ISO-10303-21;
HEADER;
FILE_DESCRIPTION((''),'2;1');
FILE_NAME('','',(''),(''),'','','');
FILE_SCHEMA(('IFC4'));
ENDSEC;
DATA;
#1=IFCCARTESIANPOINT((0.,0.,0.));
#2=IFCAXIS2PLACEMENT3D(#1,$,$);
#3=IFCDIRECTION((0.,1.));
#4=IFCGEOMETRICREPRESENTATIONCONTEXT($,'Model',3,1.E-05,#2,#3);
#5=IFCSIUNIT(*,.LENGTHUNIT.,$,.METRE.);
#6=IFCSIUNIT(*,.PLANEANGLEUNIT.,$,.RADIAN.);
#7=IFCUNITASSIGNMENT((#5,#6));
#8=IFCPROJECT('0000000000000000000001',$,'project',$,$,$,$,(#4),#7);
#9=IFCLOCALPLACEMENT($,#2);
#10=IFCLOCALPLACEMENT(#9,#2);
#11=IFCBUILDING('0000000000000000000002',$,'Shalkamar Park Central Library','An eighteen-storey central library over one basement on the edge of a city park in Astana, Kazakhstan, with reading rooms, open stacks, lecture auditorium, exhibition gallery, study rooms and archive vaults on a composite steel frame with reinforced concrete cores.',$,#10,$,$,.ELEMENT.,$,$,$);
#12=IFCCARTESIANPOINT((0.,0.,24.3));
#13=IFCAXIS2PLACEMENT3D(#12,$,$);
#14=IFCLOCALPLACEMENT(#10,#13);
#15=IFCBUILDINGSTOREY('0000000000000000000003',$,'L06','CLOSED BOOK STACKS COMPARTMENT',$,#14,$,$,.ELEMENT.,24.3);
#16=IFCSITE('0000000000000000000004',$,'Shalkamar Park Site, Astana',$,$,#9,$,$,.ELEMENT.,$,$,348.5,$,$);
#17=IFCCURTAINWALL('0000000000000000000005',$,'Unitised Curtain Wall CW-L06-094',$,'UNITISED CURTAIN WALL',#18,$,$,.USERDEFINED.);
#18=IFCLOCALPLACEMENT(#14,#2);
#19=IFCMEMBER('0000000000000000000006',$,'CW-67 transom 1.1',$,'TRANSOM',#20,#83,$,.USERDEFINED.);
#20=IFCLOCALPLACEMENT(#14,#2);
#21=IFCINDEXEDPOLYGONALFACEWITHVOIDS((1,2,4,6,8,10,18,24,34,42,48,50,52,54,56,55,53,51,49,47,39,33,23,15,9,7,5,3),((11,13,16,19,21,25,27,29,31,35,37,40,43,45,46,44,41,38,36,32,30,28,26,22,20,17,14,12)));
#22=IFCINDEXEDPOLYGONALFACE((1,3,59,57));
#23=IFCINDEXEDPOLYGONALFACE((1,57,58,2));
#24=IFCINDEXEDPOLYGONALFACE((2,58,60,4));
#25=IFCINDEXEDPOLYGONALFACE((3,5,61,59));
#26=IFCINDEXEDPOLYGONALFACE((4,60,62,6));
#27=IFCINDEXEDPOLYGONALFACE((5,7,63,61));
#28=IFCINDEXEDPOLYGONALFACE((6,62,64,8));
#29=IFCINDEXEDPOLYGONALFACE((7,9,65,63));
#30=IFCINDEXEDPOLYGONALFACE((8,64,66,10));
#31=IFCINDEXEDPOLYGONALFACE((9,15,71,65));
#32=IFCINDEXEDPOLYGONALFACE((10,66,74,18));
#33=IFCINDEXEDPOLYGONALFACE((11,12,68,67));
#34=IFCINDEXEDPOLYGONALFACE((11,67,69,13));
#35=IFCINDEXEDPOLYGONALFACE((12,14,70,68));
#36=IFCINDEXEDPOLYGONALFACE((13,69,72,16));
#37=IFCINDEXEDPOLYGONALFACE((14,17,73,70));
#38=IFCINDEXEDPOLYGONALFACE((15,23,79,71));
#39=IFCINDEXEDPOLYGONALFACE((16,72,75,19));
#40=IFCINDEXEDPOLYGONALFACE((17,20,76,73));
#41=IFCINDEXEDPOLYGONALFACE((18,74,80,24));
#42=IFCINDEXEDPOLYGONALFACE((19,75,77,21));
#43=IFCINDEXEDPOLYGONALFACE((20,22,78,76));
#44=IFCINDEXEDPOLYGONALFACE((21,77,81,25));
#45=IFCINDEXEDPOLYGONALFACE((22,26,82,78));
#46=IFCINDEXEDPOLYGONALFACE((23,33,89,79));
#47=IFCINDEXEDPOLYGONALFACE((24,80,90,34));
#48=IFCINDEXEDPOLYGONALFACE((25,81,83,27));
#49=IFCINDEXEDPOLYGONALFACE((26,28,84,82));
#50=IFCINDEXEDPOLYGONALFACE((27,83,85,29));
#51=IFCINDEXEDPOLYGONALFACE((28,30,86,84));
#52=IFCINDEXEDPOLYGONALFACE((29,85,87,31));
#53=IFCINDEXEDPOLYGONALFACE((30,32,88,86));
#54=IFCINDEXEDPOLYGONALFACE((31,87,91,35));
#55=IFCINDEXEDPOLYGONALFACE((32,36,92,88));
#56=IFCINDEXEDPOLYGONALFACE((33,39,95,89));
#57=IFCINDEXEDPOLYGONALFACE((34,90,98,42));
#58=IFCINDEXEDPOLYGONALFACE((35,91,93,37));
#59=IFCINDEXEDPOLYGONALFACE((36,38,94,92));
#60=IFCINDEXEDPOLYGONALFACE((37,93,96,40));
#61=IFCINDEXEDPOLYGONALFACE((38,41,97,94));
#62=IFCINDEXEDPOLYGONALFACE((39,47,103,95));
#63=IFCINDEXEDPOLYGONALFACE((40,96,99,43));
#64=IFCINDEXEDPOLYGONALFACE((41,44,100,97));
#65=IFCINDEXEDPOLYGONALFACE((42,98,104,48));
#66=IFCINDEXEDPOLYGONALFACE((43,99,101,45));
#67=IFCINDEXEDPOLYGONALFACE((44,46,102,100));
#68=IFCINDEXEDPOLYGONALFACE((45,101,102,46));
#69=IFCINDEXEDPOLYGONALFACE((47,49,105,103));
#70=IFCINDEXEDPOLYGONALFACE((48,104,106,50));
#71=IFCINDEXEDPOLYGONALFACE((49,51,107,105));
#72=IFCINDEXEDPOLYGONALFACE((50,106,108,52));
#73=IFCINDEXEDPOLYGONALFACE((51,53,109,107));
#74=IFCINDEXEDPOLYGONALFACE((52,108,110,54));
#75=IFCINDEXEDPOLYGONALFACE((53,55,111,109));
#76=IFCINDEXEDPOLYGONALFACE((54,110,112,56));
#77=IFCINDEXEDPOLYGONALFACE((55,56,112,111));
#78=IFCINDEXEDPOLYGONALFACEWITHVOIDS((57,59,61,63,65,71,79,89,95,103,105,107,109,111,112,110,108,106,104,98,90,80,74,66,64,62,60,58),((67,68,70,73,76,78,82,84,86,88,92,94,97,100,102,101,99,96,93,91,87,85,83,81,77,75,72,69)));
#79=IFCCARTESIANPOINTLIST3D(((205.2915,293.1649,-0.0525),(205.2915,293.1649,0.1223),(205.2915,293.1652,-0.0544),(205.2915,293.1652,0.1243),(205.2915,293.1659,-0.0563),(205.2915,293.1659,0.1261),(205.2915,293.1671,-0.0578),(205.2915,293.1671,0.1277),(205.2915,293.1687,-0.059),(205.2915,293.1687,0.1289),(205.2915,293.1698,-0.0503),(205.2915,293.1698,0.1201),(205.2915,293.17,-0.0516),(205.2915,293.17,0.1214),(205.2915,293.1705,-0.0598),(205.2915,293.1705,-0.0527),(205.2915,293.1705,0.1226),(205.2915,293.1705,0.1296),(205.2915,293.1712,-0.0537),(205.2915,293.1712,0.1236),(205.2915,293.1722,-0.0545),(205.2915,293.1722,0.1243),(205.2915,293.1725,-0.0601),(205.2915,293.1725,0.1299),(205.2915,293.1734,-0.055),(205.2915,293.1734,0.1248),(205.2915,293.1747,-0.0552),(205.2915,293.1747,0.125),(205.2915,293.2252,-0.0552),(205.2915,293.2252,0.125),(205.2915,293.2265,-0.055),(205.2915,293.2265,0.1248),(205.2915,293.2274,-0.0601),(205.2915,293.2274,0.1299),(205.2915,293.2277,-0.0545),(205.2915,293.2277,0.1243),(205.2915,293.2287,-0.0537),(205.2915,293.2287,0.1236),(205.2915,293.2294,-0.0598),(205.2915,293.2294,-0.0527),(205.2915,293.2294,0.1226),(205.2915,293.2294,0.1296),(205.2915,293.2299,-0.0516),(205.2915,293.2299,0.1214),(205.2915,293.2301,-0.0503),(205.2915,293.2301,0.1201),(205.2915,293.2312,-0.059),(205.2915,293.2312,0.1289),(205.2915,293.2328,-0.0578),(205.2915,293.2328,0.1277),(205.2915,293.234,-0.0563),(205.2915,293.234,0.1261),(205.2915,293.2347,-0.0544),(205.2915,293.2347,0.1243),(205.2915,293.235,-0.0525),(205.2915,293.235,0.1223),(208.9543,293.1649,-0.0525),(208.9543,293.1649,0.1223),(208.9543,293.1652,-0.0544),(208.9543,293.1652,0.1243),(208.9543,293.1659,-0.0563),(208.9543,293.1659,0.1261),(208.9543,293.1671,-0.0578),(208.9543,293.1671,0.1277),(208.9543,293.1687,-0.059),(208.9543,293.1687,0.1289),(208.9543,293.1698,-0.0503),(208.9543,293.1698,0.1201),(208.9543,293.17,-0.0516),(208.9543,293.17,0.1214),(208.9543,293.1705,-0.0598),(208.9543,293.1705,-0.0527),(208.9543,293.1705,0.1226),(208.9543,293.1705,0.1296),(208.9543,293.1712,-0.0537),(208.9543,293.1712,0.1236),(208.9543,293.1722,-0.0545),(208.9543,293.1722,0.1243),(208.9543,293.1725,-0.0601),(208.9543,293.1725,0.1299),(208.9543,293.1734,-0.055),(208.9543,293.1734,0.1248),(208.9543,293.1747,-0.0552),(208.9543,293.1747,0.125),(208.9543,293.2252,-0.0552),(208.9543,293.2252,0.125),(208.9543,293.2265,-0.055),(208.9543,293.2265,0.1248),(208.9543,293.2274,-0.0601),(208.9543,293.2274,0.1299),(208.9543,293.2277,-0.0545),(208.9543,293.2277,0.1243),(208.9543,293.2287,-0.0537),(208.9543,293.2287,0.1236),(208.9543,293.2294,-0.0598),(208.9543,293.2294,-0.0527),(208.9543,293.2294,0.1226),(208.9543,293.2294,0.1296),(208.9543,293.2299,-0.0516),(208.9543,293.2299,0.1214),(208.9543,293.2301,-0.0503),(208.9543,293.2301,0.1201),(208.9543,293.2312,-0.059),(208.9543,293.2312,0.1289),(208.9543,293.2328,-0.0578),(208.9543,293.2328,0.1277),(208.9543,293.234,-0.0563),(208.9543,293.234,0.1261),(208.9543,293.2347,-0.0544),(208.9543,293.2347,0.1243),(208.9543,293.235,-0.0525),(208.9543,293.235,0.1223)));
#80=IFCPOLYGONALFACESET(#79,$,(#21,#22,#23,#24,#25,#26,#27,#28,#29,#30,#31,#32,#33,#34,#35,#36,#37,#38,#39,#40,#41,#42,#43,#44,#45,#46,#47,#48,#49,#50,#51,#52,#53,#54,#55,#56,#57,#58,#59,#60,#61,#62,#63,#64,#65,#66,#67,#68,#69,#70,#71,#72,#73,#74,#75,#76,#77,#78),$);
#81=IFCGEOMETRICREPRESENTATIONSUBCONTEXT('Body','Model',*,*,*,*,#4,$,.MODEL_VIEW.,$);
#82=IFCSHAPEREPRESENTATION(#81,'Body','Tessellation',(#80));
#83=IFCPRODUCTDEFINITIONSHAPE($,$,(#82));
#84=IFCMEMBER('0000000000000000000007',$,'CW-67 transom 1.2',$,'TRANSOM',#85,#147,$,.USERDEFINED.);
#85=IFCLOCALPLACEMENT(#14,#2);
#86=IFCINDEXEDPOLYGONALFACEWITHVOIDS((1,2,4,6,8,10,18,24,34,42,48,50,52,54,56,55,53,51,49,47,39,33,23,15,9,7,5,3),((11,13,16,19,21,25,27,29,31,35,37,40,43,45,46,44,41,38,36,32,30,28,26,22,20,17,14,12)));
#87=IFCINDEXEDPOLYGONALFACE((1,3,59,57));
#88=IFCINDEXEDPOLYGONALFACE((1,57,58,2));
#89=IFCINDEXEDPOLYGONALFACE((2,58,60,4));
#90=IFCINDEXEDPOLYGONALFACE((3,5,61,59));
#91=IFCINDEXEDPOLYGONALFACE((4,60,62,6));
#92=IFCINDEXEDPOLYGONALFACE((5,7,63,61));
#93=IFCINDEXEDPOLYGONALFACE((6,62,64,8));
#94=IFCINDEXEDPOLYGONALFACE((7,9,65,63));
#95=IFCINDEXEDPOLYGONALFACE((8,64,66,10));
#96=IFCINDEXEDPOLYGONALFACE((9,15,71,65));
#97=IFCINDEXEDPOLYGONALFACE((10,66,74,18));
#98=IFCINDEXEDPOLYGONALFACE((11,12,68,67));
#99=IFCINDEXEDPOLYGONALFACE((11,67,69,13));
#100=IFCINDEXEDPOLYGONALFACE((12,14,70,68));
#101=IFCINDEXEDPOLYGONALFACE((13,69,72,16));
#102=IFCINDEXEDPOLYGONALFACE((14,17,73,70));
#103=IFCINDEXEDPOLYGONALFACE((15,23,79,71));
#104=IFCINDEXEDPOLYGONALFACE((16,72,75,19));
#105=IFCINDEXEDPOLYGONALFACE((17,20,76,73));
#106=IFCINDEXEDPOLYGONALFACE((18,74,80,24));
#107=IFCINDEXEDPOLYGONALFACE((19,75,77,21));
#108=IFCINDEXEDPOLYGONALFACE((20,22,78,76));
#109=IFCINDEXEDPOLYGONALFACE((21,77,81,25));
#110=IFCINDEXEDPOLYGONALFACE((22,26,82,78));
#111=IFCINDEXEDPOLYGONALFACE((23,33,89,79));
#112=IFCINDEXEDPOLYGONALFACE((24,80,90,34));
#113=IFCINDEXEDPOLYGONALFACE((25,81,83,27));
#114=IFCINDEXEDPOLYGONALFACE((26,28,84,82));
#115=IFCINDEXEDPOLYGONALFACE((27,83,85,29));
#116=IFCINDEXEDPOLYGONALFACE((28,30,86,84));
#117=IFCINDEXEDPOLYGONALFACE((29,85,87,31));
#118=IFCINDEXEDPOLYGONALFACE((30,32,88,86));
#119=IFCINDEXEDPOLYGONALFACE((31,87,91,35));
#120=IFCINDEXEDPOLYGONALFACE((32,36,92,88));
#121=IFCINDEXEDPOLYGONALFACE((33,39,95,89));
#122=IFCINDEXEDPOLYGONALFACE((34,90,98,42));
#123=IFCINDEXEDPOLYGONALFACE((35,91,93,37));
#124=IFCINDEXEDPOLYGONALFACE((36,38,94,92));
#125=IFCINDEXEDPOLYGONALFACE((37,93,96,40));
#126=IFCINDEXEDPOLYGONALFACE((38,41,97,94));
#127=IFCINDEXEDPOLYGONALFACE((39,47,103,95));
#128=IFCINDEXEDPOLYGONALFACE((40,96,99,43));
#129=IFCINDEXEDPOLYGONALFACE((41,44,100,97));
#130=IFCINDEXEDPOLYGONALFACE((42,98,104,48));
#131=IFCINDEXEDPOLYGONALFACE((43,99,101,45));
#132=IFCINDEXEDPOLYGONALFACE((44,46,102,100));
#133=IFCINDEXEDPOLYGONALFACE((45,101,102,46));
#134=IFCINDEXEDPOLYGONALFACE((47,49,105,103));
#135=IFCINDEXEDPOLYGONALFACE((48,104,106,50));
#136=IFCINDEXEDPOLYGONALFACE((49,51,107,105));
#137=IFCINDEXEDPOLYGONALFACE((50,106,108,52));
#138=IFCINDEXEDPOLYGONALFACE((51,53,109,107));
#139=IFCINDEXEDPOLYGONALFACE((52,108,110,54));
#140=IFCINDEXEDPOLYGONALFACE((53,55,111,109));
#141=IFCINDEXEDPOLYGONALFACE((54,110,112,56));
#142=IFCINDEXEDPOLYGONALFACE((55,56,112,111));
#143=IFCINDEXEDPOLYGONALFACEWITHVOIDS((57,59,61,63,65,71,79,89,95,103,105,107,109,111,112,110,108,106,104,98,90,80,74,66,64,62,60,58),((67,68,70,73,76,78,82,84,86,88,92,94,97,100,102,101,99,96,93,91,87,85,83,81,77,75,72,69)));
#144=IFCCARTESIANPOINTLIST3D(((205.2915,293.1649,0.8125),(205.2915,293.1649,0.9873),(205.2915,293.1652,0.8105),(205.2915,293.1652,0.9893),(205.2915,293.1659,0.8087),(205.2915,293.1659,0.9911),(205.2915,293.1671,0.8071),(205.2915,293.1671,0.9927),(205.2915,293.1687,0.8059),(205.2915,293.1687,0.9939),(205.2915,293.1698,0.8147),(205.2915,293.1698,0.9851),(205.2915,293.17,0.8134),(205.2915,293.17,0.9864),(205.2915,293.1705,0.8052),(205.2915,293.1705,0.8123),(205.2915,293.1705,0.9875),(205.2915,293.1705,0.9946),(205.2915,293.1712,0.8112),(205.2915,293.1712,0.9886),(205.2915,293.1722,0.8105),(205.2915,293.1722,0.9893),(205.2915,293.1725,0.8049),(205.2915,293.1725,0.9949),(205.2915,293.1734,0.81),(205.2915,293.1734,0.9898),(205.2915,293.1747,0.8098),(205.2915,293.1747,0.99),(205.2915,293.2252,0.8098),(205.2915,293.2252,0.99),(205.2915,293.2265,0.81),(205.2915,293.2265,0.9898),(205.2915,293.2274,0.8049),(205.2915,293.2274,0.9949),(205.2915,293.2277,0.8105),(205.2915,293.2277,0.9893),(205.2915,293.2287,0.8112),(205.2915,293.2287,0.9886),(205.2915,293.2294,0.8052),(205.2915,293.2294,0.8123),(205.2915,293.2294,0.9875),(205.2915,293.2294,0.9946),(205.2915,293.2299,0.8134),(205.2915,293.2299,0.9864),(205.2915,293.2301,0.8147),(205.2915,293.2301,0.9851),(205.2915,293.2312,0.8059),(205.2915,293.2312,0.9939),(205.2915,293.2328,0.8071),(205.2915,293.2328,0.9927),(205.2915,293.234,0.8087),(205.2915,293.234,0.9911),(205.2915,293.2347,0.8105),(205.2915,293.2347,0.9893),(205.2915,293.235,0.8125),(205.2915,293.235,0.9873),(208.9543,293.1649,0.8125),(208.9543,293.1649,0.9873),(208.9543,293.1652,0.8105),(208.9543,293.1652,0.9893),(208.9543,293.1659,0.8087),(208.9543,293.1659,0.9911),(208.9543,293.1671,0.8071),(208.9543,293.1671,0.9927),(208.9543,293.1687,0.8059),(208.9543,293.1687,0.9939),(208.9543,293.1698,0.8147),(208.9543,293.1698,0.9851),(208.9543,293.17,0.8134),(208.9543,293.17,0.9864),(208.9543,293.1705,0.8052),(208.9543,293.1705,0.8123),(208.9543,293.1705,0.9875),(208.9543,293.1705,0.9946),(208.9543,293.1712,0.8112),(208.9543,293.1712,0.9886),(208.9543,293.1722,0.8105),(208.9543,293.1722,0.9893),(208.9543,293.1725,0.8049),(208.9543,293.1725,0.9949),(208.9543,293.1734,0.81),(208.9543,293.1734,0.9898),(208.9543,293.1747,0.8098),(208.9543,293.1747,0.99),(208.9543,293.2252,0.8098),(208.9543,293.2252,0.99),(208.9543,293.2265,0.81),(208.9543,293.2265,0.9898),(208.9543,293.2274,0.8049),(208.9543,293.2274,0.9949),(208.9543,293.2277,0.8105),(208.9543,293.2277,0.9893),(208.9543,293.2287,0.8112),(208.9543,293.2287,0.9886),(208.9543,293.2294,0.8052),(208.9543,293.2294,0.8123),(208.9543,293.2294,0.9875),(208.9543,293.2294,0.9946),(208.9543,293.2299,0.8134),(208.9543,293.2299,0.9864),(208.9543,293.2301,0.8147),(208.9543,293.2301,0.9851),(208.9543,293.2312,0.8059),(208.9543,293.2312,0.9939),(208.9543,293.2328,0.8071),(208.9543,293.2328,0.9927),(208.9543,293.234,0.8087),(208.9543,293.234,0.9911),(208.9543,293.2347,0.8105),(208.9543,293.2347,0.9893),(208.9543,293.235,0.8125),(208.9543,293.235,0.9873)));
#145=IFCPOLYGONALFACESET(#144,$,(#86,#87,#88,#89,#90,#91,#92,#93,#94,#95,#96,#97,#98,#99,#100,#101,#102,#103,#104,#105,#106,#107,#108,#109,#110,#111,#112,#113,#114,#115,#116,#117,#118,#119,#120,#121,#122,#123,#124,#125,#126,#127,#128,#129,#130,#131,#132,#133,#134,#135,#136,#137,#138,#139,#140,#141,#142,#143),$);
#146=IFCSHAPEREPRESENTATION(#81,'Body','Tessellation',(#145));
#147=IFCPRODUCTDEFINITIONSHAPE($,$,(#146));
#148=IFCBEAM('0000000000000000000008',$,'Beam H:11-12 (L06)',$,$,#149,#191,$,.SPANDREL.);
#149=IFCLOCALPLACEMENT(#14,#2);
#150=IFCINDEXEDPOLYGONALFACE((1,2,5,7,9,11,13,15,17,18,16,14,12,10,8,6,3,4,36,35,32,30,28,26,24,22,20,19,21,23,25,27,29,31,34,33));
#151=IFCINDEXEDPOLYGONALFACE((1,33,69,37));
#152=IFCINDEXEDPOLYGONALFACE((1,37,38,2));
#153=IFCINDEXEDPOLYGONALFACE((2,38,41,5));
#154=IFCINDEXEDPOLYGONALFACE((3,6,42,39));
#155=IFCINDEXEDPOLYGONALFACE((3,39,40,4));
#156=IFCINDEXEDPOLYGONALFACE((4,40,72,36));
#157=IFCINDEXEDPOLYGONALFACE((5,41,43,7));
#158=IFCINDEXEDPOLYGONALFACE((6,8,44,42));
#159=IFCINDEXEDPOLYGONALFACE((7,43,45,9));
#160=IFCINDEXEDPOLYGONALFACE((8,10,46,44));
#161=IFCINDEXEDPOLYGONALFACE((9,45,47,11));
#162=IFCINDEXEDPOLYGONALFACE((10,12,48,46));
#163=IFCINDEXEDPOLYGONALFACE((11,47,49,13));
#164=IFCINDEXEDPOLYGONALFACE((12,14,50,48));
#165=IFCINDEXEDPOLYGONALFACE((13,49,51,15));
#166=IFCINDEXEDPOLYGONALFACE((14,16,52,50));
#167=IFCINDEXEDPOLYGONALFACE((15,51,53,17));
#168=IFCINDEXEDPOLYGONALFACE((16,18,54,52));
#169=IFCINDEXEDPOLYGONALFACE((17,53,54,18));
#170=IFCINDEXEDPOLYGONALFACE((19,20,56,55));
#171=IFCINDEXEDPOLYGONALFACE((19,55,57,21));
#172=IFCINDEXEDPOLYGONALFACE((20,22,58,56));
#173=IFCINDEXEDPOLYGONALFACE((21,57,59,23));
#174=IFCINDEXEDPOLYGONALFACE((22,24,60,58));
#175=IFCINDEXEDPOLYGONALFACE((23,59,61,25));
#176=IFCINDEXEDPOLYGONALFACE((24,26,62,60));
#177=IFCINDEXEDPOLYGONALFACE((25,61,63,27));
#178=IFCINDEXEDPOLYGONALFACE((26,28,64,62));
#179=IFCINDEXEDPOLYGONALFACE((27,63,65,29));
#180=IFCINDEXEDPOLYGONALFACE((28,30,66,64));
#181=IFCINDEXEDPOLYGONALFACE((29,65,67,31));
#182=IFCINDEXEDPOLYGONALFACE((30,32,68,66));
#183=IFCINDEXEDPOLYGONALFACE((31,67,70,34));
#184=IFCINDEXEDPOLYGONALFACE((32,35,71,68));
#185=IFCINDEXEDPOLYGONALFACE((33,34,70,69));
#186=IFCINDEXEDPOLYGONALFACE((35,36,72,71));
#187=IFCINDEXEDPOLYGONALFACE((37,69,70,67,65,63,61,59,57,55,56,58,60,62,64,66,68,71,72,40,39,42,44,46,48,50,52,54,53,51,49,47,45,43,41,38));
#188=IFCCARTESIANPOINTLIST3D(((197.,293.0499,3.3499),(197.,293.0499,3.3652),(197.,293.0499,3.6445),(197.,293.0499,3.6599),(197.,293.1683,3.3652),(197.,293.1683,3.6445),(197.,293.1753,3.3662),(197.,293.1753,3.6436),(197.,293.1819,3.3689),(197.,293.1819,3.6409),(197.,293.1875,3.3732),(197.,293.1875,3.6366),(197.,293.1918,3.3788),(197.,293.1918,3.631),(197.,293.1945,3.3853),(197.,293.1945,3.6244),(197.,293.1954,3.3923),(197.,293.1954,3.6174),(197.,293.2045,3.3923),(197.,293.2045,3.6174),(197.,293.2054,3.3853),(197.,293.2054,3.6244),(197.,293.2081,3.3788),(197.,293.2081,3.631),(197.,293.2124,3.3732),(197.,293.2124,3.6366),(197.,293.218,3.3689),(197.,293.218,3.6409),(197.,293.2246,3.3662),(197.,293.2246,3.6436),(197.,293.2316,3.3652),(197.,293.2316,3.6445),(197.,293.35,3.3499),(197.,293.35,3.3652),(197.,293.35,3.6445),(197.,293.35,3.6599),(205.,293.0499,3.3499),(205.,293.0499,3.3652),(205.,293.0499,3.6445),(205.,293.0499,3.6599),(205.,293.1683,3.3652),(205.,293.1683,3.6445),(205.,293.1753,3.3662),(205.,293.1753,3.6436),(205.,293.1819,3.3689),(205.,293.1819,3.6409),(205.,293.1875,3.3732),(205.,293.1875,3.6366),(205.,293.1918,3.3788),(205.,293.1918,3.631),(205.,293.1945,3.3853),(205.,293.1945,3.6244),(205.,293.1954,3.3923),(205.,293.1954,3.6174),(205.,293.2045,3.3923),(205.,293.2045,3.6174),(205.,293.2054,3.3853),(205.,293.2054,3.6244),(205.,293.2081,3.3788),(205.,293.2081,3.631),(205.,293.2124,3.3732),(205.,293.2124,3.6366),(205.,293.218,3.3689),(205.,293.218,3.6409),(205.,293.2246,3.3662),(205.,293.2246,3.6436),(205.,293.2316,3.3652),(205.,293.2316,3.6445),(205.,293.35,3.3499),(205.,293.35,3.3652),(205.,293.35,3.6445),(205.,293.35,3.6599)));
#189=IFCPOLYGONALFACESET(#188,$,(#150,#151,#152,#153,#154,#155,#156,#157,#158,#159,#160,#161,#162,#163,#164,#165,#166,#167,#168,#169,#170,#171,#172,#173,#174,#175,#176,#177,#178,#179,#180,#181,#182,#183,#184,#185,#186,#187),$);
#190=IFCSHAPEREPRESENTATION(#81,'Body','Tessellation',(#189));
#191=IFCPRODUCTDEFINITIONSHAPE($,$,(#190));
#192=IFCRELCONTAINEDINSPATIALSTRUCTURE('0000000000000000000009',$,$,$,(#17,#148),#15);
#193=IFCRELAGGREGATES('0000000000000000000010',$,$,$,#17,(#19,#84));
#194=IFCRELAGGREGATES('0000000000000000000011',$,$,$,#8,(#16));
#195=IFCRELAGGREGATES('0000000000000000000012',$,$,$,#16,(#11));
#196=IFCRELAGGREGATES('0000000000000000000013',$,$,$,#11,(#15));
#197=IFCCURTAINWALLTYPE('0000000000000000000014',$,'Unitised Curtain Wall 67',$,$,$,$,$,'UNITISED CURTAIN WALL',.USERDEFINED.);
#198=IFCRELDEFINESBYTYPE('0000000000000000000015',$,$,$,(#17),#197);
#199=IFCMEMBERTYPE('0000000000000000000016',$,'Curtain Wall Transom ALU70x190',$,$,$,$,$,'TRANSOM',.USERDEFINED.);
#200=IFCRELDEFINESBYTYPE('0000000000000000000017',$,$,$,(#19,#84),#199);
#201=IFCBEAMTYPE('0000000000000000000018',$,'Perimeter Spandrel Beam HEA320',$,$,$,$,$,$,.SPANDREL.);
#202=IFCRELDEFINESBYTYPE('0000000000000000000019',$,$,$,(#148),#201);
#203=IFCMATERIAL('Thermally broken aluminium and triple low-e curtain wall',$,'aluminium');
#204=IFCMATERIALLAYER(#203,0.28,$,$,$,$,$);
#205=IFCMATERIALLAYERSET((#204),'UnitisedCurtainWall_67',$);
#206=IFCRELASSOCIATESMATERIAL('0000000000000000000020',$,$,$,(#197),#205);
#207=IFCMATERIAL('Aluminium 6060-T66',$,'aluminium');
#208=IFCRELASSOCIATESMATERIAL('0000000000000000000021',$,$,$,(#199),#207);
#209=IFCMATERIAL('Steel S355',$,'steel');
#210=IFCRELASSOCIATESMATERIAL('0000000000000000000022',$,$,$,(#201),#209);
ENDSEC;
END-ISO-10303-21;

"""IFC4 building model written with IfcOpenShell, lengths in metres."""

from ifc_helpers import new_model, si_unit, direction, frame, origin, origin_2d, place, context, subcontext, project, spatial, hollow_rectangle, i_section, extrude, material, layer, layer_set, material_profile, profile_set, type_object, element, aggregate, save


model = new_model("IFC4")

# Units and contexts
model_context = context("Model", 3, precision=1e-05, world=origin(), true_north=direction((0.0, 1.0)))
body_context = subcontext(model_context, "Body", "Model", "MODEL_VIEW")
ifc_project = project(units=[si_unit("LENGTHUNIT", "METRE"), si_unit("PLANEANGLEUNIT", "RADIAN")], contexts=[model_context])

# Site, building, storey
site_placement = place(None, origin())
site = spatial("IfcSite", under=ifc_project, at=site_placement, Name="Shalkamar Park Site, Astana", CompositionType="ELEMENT", RefElevation=348.5)
building_placement = place(site_placement, origin())
building = spatial("IfcBuilding", under=site, at=building_placement, Name="Shalkamar Park Central Library", Description="An eighteen-storey central library over one basement on the edge of a city park in Astana, Kazakhstan, with reading rooms, open stacks, lecture auditorium, exhibition gallery, study rooms and archive vaults on a composite steel frame with reinforced concrete cores.", CompositionType="ELEMENT")
storey_placement = place(building_placement, frame((0.0, 0.0, 24.3)))
storey = spatial("IfcBuildingStorey", under=building, at=storey_placement, Name="L06", Description="CLOSED BOOK STACKS COMPARTMENT", CompositionType="ELEMENT", Elevation=24.3)

# Shared definitions
ifc_material_1 = material(Name="Steel S355", Category="steel")

# Shared definitions
ifc_material_2 = material(Name="Thermally broken aluminium and triple low-e curtain wall", Category="aluminium")
ifc_material_3 = material(Name="Aluminium 6060-T66", Category="aluminium")

# Curtain wall
ifc_layer_1 = layer(ifc_material_2, 0.28)
ifc_layer_set_1 = layer_set([ifc_layer_1], Name="UnitisedCurtainWall_67")
curtain_wall_type_1 = type_object("IfcCurtainWallType", Name="Unitised Curtain Wall 67", ElementType="UNITISED CURTAIN WALL", PredefinedType="USERDEFINED", material=ifc_layer_set_1)
curtain_wall_1_placement = place(storey_placement, origin())
curtain_wall_1 = element("IfcCurtainWall", 1, at=curtain_wall_1_placement, inside=storey, type_object=curtain_wall_type_1, Name="Unitised Curtain Wall CW-L06-094", ObjectType="UNITISED CURTAIN WALL", PredefinedType="USERDEFINED")

# Members
ifc_material_profile_1 = material_profile(ifc_material_3, hollow_rectangle(XDim=0.0701, YDim=0.1899, WallThickness=0.0049, InnerFilletRadius=0.0049, OuterFilletRadius=0.0076, at=origin_2d()), Name="ALU 70x190x5")
ifc_profile_set_1 = profile_set([ifc_material_profile_1], Name="Aluminium 6060-T66")
member_type_1 = type_object("IfcMemberType", Name="Curtain Wall Transom ALU70x190", ElementType="TRANSOM", PredefinedType="USERDEFINED", material=ifc_profile_set_1)
member_1_placement = place(storey_placement, frame((205.2915, 293.2, 0.0349), z_axis=(1.0, 0.0, 0.0), x_axis=(0.0, 1.0, 0.0)))
member_1 = element("IfcMember", 2, at=member_1_placement, type_object=member_type_1, Name="CW-67 transom 1.1", ObjectType="TRANSOM", PredefinedType="USERDEFINED", context=body_context, shape_type="SweptSolid", body=[
    extrude(hollow_rectangle(XDim=0.0701, YDim=0.1899, WallThickness=0.0049, InnerFilletRadius=0.0049, OuterFilletRadius=0.0076, at=origin_2d()), origin(), (0.0, 0.0, 1.0), 3.6628),
])
member_2_placement = place(storey_placement, frame((205.2915, 293.2, 0.8999), z_axis=(1.0, 0.0, 0.0), x_axis=(0.0, 1.0, 0.0)))
member_2 = element("IfcMember", 3, at=member_2_placement, type_object=member_type_1, Name="CW-67 transom 1.2", ObjectType="TRANSOM", PredefinedType="USERDEFINED", context=body_context, shape_type="SweptSolid", body=[
    extrude(hollow_rectangle(XDim=0.0701, YDim=0.1899, WallThickness=0.0049, InnerFilletRadius=0.0049, OuterFilletRadius=0.0076, at=origin_2d()), origin(), (0.0, 0.0, 1.0), 3.6628),
])
aggregate(curtain_wall_1, [member_1, member_2])

# Beam
ifc_material_profile_2 = material_profile(ifc_material_1, i_section(OverallWidth=0.3, OverallDepth=0.3101, WebThickness=0.009, FlangeThickness=0.0154, FilletRadius=0.0271, at=origin_2d()), Name="HEA 320")
ifc_profile_set_2 = profile_set([ifc_material_profile_2], Name="Steel S355")
beam_type = type_object("IfcBeamType", Name="Perimeter Spandrel Beam HEA320", PredefinedType="SPANDREL", material=ifc_profile_set_2)
for number, where, z_axis, x_axis, name in (
    (4, (197.0, 293.2, 3.5049), (1.0, 0.0, 0.0), (0.0, 1.0, 0.0), "Beam H:11-12 (L06)"),
):
    element("IfcBeam", number, at=place(storey_placement, frame(where, z_axis=z_axis, x_axis=x_axis)), inside=storey, type_object=beam_type, Name=name, PredefinedType="SPANDREL", context=body_context, shape_type="SweptSolid", body=[
        extrude(i_section(OverallWidth=0.3, OverallDepth=0.3101, WebThickness=0.009, FlangeThickness=0.0154, FilletRadius=0.0271, at=origin_2d()), origin(), (0.0, 0.0, 1.0), 8.0),
    ])

save(model, "model.ifc")
